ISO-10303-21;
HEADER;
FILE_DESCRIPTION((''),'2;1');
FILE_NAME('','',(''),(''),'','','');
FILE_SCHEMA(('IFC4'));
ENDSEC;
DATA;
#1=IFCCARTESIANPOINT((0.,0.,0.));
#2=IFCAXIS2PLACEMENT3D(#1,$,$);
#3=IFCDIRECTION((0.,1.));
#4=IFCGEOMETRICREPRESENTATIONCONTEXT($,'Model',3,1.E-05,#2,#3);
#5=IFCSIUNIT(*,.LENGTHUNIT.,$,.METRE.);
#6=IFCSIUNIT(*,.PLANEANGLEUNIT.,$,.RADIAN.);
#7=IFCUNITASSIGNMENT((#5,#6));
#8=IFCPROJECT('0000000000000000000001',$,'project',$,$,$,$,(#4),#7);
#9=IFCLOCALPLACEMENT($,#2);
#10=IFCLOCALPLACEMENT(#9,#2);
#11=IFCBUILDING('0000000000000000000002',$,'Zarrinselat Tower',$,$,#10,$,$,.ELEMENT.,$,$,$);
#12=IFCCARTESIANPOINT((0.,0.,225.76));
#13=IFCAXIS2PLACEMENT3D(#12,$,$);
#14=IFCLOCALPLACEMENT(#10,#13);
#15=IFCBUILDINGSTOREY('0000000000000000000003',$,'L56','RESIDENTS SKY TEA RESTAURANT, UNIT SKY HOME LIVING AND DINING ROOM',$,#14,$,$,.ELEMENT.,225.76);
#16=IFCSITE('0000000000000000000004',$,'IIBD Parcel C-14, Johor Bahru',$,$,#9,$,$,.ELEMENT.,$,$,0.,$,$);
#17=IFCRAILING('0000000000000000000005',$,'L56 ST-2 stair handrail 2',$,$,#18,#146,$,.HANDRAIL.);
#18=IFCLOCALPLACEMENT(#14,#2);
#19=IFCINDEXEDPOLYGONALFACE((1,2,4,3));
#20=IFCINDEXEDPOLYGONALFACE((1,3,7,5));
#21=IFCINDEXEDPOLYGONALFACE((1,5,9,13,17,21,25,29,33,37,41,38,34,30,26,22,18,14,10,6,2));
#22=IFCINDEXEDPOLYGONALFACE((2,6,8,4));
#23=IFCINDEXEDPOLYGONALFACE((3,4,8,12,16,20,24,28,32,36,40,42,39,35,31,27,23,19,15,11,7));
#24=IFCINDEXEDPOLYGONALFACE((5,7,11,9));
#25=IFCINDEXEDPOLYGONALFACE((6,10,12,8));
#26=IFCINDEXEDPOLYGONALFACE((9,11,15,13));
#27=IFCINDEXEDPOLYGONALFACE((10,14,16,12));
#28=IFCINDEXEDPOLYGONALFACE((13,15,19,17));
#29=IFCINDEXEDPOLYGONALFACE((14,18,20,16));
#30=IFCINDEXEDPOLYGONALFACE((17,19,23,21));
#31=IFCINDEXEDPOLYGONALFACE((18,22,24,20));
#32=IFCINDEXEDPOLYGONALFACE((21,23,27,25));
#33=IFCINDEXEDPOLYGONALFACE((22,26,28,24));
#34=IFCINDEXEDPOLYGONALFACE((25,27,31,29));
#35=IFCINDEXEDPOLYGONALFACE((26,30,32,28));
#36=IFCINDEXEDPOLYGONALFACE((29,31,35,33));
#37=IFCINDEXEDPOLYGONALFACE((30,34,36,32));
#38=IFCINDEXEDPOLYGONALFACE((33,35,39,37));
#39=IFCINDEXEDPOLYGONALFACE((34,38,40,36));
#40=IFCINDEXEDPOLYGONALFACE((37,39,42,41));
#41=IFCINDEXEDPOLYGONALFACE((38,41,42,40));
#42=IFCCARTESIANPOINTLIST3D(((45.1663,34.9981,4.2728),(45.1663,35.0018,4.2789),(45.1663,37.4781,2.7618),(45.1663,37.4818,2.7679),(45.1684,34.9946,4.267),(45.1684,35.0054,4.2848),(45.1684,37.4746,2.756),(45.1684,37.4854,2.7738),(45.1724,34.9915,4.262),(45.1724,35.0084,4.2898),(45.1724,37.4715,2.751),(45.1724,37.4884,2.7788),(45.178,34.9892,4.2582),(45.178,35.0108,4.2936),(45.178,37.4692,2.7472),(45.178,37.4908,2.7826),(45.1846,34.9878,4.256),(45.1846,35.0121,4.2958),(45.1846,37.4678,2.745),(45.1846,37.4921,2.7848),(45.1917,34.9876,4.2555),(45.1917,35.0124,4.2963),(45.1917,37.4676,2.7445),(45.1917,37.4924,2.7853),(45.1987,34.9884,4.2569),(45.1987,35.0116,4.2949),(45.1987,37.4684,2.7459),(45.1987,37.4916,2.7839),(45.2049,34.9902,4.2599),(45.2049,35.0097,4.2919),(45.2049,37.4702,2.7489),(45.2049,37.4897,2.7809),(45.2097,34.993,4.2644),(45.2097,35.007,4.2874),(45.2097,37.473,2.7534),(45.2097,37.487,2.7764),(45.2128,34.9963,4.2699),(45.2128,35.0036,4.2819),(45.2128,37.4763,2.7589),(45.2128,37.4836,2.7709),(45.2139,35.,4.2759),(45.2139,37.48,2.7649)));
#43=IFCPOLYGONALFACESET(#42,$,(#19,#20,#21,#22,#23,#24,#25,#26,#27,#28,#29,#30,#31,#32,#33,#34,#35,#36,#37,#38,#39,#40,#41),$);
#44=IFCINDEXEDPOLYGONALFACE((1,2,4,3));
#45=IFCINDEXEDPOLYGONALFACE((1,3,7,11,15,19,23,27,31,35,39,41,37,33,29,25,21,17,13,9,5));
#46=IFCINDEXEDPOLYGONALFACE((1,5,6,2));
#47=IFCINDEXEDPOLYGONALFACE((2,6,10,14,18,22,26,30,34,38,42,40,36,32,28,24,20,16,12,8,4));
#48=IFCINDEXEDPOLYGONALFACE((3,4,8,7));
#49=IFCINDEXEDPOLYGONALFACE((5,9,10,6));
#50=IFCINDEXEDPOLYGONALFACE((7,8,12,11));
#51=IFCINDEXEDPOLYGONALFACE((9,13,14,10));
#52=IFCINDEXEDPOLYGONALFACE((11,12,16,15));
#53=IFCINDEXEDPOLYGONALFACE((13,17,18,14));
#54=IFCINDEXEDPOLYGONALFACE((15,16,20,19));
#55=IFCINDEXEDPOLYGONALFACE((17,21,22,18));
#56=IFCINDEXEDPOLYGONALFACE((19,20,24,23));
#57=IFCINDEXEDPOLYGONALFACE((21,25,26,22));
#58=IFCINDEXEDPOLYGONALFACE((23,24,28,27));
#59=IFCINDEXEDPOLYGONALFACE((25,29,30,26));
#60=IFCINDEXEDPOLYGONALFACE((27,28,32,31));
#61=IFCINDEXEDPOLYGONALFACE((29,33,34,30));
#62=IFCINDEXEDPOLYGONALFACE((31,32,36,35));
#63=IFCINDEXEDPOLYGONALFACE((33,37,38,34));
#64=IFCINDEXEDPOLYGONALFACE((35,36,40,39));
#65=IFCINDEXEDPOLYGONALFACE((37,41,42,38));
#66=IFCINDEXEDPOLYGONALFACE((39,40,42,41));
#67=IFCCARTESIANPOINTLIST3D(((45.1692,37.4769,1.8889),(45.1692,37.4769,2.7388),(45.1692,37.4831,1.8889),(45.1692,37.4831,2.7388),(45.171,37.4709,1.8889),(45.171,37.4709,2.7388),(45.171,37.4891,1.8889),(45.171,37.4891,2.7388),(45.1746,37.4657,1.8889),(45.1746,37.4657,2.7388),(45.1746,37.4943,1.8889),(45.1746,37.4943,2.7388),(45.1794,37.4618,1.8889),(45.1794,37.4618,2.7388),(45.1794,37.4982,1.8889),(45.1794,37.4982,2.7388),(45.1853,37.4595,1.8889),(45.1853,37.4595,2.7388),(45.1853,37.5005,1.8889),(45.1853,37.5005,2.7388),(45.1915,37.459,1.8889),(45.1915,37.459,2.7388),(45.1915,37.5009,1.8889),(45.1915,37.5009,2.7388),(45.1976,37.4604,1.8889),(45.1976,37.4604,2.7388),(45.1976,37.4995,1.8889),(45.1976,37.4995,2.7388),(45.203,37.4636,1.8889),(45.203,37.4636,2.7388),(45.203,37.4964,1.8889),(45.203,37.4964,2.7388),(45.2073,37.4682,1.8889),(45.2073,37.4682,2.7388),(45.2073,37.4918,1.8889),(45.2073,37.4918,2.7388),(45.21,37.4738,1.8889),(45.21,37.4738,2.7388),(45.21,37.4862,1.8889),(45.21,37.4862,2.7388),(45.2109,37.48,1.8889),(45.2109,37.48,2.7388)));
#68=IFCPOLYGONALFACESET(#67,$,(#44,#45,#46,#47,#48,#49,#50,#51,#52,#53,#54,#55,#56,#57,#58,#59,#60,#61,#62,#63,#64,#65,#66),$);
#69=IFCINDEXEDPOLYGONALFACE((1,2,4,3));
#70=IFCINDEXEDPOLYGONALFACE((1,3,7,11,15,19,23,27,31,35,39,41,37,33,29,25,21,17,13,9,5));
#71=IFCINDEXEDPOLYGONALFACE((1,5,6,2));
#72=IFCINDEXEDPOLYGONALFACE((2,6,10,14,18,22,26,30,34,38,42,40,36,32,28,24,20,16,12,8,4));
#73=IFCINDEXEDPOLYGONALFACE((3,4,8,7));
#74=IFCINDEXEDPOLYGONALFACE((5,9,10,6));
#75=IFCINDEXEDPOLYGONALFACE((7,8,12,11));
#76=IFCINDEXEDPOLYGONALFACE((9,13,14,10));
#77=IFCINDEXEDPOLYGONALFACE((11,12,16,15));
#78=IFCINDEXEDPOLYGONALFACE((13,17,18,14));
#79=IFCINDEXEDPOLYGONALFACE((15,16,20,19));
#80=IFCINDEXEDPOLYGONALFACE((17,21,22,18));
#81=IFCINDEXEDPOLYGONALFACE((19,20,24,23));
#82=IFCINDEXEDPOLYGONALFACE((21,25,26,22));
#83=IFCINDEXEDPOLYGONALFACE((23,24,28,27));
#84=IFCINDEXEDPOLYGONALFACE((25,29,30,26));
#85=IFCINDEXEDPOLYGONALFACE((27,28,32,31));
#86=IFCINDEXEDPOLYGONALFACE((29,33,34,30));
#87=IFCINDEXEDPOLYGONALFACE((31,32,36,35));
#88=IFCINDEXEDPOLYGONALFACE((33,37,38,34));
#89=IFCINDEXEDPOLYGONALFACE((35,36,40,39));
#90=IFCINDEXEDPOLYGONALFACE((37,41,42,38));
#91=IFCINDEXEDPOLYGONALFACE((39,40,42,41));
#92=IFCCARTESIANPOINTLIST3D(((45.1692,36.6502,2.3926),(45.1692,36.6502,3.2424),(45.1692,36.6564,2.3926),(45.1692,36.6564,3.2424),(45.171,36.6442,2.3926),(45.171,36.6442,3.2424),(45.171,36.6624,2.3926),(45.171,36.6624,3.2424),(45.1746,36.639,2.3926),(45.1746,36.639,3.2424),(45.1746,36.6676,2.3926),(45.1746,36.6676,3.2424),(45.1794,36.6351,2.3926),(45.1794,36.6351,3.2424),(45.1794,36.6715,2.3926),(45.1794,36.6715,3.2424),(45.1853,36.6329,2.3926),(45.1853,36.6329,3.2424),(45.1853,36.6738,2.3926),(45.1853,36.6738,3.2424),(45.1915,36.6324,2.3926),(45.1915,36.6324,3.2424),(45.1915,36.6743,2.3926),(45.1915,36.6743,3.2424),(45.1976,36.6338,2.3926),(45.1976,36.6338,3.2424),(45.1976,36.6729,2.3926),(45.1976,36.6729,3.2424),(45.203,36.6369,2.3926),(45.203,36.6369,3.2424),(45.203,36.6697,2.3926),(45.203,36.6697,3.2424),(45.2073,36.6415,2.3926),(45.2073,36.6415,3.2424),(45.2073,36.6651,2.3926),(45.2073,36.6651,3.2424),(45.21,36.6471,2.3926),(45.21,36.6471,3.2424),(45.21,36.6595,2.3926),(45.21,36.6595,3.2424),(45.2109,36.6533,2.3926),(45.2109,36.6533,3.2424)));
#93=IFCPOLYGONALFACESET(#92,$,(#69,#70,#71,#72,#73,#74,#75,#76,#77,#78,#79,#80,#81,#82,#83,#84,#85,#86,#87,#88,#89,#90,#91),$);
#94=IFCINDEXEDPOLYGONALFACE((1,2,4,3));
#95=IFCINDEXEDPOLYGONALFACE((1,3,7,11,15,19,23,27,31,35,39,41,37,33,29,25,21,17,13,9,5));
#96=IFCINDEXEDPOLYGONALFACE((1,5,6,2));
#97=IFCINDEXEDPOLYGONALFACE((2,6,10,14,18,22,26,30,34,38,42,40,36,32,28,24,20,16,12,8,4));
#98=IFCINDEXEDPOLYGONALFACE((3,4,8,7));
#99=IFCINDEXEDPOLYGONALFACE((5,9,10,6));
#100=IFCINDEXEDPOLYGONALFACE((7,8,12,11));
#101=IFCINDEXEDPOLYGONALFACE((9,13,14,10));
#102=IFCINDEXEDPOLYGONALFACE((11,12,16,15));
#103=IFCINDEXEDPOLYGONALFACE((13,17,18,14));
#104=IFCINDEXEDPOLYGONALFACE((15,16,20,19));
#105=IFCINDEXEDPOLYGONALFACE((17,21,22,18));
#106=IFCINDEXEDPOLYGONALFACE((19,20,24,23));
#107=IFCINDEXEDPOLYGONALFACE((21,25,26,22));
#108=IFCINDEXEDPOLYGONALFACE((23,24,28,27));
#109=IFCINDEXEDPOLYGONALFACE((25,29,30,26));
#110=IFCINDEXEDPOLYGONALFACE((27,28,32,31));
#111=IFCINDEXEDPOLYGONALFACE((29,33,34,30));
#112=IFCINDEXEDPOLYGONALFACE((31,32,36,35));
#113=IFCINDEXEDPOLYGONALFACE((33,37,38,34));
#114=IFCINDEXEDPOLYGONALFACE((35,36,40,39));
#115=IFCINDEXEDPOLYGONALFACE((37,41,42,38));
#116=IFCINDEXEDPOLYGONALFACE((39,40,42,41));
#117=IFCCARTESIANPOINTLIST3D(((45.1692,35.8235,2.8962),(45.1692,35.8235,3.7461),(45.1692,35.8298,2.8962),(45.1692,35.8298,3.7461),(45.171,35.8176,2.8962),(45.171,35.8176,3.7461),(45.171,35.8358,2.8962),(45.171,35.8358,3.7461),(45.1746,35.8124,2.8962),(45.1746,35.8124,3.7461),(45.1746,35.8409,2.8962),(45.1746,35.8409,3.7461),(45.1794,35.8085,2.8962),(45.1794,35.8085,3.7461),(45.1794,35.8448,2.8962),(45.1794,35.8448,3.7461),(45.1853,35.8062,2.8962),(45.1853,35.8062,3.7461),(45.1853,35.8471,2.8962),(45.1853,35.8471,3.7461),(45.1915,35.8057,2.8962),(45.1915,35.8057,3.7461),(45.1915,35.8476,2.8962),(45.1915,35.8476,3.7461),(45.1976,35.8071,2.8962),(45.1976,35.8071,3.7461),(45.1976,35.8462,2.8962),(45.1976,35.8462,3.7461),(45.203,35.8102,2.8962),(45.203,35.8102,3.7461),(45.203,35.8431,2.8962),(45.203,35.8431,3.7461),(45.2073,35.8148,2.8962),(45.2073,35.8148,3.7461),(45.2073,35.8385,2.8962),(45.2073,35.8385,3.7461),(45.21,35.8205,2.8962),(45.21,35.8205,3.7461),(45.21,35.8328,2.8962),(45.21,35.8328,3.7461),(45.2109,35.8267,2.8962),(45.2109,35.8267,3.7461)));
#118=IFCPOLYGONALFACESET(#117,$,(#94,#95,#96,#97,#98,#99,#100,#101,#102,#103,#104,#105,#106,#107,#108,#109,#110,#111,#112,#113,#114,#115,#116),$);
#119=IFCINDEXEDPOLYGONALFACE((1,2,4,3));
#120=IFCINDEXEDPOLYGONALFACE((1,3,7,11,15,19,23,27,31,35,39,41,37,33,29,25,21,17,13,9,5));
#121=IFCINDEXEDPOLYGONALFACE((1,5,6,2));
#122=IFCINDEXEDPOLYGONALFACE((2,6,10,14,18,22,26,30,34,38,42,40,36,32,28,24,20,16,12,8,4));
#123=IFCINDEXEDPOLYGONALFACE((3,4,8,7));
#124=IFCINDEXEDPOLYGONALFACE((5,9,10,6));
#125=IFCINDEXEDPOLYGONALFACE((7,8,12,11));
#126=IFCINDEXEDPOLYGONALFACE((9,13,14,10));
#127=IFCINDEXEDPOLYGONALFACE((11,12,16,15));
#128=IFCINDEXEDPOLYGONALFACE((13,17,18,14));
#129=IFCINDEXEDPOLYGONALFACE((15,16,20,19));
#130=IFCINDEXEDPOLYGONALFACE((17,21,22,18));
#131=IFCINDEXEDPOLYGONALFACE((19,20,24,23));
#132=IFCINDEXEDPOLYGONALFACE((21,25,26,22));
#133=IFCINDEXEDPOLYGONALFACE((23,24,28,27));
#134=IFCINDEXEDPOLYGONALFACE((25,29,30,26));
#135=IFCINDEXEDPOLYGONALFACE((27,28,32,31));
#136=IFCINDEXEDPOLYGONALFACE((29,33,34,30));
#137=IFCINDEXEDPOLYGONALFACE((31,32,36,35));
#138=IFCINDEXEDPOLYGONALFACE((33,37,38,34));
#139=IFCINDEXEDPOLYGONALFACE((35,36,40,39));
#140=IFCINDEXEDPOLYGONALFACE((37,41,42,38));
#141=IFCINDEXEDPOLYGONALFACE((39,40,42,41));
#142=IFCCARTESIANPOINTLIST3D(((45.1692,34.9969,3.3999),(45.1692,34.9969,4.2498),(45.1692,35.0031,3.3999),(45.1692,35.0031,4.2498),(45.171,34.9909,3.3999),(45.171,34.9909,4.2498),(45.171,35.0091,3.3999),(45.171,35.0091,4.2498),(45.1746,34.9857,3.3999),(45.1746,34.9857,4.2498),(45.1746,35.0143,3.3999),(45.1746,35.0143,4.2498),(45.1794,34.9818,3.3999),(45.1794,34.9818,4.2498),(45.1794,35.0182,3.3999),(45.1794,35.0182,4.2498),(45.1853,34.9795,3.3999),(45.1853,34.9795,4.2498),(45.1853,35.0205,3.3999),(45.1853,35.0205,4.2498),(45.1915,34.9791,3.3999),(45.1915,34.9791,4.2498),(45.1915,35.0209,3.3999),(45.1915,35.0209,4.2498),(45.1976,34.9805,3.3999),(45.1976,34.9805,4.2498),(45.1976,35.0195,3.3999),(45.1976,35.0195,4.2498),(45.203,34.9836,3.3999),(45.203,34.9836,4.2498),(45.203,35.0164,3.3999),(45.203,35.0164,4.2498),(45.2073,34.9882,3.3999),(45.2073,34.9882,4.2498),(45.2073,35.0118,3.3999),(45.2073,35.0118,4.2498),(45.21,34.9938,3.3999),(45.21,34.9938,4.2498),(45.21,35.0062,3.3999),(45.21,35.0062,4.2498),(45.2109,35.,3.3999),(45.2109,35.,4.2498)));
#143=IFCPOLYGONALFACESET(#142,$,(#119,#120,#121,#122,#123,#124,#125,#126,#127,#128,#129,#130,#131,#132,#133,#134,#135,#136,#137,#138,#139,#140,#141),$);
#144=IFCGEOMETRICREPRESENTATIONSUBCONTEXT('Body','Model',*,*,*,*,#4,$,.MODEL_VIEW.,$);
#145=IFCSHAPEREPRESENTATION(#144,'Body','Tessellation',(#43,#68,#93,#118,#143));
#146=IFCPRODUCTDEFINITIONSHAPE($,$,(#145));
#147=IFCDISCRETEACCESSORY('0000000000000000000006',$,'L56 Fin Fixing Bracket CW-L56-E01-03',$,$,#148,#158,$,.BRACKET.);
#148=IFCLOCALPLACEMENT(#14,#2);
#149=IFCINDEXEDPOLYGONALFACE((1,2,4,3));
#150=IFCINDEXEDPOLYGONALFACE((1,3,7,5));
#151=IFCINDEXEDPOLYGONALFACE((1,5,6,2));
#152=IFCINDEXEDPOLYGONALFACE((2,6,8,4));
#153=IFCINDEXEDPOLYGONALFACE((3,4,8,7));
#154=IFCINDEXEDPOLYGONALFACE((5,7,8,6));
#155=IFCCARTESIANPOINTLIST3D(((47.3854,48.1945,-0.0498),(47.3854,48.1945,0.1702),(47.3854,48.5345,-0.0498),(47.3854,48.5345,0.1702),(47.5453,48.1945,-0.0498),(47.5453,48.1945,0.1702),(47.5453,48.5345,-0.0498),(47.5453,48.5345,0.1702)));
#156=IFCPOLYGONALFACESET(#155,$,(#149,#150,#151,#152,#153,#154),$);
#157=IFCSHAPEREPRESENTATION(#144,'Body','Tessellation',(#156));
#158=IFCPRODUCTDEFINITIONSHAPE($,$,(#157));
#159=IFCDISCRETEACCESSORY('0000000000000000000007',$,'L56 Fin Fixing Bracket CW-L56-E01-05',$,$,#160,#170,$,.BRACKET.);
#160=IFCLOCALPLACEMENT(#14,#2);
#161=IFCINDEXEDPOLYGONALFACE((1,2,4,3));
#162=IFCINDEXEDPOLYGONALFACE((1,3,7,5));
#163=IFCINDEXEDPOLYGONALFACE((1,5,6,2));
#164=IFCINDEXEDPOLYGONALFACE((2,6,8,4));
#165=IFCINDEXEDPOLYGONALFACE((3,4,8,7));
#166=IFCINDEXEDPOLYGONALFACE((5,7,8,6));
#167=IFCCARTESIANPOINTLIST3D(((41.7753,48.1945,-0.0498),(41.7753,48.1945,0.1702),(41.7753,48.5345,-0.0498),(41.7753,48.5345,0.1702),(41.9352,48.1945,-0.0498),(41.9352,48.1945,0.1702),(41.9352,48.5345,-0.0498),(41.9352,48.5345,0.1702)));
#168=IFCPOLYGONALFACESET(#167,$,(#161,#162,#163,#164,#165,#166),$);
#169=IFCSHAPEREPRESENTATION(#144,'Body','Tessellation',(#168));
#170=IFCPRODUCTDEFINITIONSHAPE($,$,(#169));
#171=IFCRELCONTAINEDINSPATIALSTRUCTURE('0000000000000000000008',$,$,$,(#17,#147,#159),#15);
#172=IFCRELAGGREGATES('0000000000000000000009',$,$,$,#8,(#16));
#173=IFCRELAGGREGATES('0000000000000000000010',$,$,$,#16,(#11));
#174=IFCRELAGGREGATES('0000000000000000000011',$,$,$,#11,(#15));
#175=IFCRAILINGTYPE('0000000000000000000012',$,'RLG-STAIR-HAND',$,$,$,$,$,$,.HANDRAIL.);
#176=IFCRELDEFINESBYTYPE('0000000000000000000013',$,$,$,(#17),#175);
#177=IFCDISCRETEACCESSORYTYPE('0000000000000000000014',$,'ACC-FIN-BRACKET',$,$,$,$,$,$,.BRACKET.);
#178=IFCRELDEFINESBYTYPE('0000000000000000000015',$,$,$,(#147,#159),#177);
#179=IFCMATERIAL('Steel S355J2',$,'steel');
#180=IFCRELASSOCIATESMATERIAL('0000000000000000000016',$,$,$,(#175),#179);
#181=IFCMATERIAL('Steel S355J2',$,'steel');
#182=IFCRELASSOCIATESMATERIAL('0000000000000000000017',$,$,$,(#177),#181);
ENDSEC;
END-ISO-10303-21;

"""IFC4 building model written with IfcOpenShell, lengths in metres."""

from ifc_helpers import new_model, si_unit, direction, frame, origin, origin_2d, place, context, subcontext, project, spatial, rectangle, circle, extrude, material, type_object, element, save


model = new_model("IFC4")

# Units and contexts
model_context = context("Model", 3, precision=1e-05, world=origin(), true_north=direction((0.0, 1.0)))
body_context = subcontext(model_context, "Body", "Model", "MODEL_VIEW")
ifc_project = project(units=[si_unit("LENGTHUNIT", "METRE"), si_unit("PLANEANGLEUNIT", "RADIAN")], contexts=[model_context])

# Site, building, storey
site_placement = place(None, origin())
site = spatial("IfcSite", under=ifc_project, at=site_placement, Name="IIBD Parcel C-14, Johor Bahru", CompositionType="ELEMENT", RefElevation=0.0)
building_placement = place(site_placement, origin())
building = spatial("IfcBuilding", under=site, at=building_placement, Name="Zarrinselat Tower", CompositionType="ELEMENT")
storey_placement = place(building_placement, frame((0.0, 0.0, 225.76)))
storey = spatial("IfcBuildingStorey", under=building, at=storey_placement, Name="L56", Description="RESIDENTS SKY TEA RESTAURANT, UNIT SKY HOME LIVING AND DINING ROOM", CompositionType="ELEMENT", Elevation=225.76)

# Railing
ifc_material_1 = material(Name="Steel S355J2", Category="steel")
railing_type_1 = type_object("IfcRailingType", Name="RLG-STAIR-HAND", PredefinedType="HANDRAIL", material=ifc_material_1)
railing_1_placement = place(storey_placement, frame((45.1899, 37.48, 1.8889)))
element("IfcRailing", 1, at=railing_1_placement, inside=storey, type_object=railing_type_1, Name="L56 ST-2 stair handrail 2", PredefinedType="HANDRAIL", context=body_context, shape_type="SweptSolid", body=[
    extrude(circle(Radius=0.0239, at=origin_2d()), frame((0.0, 0.0, 0.876), z_axis=(0.0, -0.853979, 0.520307), x_axis=(1.0, 0.0, 0.0)), (0.0, 0.0, 1.0), 2.9041),
    extrude(circle(Radius=0.021, at=origin_2d()), origin(), (0.0, 0.0, 1.0), 0.8499),
    extrude(circle(Radius=0.021, at=origin_2d()), frame((0.0, -0.8267, 0.5037)), (0.0, 0.0, 1.0), 0.8499),
    extrude(circle(Radius=0.021, at=origin_2d()), frame((0.0, -1.6533, 1.0073)), (0.0, 0.0, 1.0), 0.8499),
    extrude(circle(Radius=0.021, at=origin_2d()), frame((0.0, -2.48, 1.511)), (0.0, 0.0, 1.0), 0.8499),
])

# Discrete accessories
ifc_material_2 = material(Name="Steel S355J2", Category="steel")
discrete_accessory_type = type_object("IfcDiscreteAccessoryType", Name="ACC-FIN-BRACKET", PredefinedType="BRACKET", material=ifc_material_2)
for number, where, z_axis, x_axis, name in (
    (2, (47.4653, 48.3645, -0.0498), (0.0, 0.0, 1.0), (0.0, 1.0, 0.0), "L56 Fin Fixing Bracket CW-L56-E01-03"),
    (3, (41.8552, 48.3645, -0.0498), (0.0, 0.0, 1.0), (0.0, 1.0, 0.0), "L56 Fin Fixing Bracket CW-L56-E01-05"),
):
    element("IfcDiscreteAccessory", number, at=place(storey_placement, frame(where, z_axis=z_axis, x_axis=x_axis)), inside=storey, type_object=discrete_accessory_type, Name=name, PredefinedType="BRACKET", context=body_context, shape_type="SweptSolid", body=[
        extrude(rectangle(XDim=0.3401, YDim=0.1599, at=origin_2d()), origin(), (0.0, 0.0, 1.0), 0.22),
    ])

save(model, "model.ifc")
